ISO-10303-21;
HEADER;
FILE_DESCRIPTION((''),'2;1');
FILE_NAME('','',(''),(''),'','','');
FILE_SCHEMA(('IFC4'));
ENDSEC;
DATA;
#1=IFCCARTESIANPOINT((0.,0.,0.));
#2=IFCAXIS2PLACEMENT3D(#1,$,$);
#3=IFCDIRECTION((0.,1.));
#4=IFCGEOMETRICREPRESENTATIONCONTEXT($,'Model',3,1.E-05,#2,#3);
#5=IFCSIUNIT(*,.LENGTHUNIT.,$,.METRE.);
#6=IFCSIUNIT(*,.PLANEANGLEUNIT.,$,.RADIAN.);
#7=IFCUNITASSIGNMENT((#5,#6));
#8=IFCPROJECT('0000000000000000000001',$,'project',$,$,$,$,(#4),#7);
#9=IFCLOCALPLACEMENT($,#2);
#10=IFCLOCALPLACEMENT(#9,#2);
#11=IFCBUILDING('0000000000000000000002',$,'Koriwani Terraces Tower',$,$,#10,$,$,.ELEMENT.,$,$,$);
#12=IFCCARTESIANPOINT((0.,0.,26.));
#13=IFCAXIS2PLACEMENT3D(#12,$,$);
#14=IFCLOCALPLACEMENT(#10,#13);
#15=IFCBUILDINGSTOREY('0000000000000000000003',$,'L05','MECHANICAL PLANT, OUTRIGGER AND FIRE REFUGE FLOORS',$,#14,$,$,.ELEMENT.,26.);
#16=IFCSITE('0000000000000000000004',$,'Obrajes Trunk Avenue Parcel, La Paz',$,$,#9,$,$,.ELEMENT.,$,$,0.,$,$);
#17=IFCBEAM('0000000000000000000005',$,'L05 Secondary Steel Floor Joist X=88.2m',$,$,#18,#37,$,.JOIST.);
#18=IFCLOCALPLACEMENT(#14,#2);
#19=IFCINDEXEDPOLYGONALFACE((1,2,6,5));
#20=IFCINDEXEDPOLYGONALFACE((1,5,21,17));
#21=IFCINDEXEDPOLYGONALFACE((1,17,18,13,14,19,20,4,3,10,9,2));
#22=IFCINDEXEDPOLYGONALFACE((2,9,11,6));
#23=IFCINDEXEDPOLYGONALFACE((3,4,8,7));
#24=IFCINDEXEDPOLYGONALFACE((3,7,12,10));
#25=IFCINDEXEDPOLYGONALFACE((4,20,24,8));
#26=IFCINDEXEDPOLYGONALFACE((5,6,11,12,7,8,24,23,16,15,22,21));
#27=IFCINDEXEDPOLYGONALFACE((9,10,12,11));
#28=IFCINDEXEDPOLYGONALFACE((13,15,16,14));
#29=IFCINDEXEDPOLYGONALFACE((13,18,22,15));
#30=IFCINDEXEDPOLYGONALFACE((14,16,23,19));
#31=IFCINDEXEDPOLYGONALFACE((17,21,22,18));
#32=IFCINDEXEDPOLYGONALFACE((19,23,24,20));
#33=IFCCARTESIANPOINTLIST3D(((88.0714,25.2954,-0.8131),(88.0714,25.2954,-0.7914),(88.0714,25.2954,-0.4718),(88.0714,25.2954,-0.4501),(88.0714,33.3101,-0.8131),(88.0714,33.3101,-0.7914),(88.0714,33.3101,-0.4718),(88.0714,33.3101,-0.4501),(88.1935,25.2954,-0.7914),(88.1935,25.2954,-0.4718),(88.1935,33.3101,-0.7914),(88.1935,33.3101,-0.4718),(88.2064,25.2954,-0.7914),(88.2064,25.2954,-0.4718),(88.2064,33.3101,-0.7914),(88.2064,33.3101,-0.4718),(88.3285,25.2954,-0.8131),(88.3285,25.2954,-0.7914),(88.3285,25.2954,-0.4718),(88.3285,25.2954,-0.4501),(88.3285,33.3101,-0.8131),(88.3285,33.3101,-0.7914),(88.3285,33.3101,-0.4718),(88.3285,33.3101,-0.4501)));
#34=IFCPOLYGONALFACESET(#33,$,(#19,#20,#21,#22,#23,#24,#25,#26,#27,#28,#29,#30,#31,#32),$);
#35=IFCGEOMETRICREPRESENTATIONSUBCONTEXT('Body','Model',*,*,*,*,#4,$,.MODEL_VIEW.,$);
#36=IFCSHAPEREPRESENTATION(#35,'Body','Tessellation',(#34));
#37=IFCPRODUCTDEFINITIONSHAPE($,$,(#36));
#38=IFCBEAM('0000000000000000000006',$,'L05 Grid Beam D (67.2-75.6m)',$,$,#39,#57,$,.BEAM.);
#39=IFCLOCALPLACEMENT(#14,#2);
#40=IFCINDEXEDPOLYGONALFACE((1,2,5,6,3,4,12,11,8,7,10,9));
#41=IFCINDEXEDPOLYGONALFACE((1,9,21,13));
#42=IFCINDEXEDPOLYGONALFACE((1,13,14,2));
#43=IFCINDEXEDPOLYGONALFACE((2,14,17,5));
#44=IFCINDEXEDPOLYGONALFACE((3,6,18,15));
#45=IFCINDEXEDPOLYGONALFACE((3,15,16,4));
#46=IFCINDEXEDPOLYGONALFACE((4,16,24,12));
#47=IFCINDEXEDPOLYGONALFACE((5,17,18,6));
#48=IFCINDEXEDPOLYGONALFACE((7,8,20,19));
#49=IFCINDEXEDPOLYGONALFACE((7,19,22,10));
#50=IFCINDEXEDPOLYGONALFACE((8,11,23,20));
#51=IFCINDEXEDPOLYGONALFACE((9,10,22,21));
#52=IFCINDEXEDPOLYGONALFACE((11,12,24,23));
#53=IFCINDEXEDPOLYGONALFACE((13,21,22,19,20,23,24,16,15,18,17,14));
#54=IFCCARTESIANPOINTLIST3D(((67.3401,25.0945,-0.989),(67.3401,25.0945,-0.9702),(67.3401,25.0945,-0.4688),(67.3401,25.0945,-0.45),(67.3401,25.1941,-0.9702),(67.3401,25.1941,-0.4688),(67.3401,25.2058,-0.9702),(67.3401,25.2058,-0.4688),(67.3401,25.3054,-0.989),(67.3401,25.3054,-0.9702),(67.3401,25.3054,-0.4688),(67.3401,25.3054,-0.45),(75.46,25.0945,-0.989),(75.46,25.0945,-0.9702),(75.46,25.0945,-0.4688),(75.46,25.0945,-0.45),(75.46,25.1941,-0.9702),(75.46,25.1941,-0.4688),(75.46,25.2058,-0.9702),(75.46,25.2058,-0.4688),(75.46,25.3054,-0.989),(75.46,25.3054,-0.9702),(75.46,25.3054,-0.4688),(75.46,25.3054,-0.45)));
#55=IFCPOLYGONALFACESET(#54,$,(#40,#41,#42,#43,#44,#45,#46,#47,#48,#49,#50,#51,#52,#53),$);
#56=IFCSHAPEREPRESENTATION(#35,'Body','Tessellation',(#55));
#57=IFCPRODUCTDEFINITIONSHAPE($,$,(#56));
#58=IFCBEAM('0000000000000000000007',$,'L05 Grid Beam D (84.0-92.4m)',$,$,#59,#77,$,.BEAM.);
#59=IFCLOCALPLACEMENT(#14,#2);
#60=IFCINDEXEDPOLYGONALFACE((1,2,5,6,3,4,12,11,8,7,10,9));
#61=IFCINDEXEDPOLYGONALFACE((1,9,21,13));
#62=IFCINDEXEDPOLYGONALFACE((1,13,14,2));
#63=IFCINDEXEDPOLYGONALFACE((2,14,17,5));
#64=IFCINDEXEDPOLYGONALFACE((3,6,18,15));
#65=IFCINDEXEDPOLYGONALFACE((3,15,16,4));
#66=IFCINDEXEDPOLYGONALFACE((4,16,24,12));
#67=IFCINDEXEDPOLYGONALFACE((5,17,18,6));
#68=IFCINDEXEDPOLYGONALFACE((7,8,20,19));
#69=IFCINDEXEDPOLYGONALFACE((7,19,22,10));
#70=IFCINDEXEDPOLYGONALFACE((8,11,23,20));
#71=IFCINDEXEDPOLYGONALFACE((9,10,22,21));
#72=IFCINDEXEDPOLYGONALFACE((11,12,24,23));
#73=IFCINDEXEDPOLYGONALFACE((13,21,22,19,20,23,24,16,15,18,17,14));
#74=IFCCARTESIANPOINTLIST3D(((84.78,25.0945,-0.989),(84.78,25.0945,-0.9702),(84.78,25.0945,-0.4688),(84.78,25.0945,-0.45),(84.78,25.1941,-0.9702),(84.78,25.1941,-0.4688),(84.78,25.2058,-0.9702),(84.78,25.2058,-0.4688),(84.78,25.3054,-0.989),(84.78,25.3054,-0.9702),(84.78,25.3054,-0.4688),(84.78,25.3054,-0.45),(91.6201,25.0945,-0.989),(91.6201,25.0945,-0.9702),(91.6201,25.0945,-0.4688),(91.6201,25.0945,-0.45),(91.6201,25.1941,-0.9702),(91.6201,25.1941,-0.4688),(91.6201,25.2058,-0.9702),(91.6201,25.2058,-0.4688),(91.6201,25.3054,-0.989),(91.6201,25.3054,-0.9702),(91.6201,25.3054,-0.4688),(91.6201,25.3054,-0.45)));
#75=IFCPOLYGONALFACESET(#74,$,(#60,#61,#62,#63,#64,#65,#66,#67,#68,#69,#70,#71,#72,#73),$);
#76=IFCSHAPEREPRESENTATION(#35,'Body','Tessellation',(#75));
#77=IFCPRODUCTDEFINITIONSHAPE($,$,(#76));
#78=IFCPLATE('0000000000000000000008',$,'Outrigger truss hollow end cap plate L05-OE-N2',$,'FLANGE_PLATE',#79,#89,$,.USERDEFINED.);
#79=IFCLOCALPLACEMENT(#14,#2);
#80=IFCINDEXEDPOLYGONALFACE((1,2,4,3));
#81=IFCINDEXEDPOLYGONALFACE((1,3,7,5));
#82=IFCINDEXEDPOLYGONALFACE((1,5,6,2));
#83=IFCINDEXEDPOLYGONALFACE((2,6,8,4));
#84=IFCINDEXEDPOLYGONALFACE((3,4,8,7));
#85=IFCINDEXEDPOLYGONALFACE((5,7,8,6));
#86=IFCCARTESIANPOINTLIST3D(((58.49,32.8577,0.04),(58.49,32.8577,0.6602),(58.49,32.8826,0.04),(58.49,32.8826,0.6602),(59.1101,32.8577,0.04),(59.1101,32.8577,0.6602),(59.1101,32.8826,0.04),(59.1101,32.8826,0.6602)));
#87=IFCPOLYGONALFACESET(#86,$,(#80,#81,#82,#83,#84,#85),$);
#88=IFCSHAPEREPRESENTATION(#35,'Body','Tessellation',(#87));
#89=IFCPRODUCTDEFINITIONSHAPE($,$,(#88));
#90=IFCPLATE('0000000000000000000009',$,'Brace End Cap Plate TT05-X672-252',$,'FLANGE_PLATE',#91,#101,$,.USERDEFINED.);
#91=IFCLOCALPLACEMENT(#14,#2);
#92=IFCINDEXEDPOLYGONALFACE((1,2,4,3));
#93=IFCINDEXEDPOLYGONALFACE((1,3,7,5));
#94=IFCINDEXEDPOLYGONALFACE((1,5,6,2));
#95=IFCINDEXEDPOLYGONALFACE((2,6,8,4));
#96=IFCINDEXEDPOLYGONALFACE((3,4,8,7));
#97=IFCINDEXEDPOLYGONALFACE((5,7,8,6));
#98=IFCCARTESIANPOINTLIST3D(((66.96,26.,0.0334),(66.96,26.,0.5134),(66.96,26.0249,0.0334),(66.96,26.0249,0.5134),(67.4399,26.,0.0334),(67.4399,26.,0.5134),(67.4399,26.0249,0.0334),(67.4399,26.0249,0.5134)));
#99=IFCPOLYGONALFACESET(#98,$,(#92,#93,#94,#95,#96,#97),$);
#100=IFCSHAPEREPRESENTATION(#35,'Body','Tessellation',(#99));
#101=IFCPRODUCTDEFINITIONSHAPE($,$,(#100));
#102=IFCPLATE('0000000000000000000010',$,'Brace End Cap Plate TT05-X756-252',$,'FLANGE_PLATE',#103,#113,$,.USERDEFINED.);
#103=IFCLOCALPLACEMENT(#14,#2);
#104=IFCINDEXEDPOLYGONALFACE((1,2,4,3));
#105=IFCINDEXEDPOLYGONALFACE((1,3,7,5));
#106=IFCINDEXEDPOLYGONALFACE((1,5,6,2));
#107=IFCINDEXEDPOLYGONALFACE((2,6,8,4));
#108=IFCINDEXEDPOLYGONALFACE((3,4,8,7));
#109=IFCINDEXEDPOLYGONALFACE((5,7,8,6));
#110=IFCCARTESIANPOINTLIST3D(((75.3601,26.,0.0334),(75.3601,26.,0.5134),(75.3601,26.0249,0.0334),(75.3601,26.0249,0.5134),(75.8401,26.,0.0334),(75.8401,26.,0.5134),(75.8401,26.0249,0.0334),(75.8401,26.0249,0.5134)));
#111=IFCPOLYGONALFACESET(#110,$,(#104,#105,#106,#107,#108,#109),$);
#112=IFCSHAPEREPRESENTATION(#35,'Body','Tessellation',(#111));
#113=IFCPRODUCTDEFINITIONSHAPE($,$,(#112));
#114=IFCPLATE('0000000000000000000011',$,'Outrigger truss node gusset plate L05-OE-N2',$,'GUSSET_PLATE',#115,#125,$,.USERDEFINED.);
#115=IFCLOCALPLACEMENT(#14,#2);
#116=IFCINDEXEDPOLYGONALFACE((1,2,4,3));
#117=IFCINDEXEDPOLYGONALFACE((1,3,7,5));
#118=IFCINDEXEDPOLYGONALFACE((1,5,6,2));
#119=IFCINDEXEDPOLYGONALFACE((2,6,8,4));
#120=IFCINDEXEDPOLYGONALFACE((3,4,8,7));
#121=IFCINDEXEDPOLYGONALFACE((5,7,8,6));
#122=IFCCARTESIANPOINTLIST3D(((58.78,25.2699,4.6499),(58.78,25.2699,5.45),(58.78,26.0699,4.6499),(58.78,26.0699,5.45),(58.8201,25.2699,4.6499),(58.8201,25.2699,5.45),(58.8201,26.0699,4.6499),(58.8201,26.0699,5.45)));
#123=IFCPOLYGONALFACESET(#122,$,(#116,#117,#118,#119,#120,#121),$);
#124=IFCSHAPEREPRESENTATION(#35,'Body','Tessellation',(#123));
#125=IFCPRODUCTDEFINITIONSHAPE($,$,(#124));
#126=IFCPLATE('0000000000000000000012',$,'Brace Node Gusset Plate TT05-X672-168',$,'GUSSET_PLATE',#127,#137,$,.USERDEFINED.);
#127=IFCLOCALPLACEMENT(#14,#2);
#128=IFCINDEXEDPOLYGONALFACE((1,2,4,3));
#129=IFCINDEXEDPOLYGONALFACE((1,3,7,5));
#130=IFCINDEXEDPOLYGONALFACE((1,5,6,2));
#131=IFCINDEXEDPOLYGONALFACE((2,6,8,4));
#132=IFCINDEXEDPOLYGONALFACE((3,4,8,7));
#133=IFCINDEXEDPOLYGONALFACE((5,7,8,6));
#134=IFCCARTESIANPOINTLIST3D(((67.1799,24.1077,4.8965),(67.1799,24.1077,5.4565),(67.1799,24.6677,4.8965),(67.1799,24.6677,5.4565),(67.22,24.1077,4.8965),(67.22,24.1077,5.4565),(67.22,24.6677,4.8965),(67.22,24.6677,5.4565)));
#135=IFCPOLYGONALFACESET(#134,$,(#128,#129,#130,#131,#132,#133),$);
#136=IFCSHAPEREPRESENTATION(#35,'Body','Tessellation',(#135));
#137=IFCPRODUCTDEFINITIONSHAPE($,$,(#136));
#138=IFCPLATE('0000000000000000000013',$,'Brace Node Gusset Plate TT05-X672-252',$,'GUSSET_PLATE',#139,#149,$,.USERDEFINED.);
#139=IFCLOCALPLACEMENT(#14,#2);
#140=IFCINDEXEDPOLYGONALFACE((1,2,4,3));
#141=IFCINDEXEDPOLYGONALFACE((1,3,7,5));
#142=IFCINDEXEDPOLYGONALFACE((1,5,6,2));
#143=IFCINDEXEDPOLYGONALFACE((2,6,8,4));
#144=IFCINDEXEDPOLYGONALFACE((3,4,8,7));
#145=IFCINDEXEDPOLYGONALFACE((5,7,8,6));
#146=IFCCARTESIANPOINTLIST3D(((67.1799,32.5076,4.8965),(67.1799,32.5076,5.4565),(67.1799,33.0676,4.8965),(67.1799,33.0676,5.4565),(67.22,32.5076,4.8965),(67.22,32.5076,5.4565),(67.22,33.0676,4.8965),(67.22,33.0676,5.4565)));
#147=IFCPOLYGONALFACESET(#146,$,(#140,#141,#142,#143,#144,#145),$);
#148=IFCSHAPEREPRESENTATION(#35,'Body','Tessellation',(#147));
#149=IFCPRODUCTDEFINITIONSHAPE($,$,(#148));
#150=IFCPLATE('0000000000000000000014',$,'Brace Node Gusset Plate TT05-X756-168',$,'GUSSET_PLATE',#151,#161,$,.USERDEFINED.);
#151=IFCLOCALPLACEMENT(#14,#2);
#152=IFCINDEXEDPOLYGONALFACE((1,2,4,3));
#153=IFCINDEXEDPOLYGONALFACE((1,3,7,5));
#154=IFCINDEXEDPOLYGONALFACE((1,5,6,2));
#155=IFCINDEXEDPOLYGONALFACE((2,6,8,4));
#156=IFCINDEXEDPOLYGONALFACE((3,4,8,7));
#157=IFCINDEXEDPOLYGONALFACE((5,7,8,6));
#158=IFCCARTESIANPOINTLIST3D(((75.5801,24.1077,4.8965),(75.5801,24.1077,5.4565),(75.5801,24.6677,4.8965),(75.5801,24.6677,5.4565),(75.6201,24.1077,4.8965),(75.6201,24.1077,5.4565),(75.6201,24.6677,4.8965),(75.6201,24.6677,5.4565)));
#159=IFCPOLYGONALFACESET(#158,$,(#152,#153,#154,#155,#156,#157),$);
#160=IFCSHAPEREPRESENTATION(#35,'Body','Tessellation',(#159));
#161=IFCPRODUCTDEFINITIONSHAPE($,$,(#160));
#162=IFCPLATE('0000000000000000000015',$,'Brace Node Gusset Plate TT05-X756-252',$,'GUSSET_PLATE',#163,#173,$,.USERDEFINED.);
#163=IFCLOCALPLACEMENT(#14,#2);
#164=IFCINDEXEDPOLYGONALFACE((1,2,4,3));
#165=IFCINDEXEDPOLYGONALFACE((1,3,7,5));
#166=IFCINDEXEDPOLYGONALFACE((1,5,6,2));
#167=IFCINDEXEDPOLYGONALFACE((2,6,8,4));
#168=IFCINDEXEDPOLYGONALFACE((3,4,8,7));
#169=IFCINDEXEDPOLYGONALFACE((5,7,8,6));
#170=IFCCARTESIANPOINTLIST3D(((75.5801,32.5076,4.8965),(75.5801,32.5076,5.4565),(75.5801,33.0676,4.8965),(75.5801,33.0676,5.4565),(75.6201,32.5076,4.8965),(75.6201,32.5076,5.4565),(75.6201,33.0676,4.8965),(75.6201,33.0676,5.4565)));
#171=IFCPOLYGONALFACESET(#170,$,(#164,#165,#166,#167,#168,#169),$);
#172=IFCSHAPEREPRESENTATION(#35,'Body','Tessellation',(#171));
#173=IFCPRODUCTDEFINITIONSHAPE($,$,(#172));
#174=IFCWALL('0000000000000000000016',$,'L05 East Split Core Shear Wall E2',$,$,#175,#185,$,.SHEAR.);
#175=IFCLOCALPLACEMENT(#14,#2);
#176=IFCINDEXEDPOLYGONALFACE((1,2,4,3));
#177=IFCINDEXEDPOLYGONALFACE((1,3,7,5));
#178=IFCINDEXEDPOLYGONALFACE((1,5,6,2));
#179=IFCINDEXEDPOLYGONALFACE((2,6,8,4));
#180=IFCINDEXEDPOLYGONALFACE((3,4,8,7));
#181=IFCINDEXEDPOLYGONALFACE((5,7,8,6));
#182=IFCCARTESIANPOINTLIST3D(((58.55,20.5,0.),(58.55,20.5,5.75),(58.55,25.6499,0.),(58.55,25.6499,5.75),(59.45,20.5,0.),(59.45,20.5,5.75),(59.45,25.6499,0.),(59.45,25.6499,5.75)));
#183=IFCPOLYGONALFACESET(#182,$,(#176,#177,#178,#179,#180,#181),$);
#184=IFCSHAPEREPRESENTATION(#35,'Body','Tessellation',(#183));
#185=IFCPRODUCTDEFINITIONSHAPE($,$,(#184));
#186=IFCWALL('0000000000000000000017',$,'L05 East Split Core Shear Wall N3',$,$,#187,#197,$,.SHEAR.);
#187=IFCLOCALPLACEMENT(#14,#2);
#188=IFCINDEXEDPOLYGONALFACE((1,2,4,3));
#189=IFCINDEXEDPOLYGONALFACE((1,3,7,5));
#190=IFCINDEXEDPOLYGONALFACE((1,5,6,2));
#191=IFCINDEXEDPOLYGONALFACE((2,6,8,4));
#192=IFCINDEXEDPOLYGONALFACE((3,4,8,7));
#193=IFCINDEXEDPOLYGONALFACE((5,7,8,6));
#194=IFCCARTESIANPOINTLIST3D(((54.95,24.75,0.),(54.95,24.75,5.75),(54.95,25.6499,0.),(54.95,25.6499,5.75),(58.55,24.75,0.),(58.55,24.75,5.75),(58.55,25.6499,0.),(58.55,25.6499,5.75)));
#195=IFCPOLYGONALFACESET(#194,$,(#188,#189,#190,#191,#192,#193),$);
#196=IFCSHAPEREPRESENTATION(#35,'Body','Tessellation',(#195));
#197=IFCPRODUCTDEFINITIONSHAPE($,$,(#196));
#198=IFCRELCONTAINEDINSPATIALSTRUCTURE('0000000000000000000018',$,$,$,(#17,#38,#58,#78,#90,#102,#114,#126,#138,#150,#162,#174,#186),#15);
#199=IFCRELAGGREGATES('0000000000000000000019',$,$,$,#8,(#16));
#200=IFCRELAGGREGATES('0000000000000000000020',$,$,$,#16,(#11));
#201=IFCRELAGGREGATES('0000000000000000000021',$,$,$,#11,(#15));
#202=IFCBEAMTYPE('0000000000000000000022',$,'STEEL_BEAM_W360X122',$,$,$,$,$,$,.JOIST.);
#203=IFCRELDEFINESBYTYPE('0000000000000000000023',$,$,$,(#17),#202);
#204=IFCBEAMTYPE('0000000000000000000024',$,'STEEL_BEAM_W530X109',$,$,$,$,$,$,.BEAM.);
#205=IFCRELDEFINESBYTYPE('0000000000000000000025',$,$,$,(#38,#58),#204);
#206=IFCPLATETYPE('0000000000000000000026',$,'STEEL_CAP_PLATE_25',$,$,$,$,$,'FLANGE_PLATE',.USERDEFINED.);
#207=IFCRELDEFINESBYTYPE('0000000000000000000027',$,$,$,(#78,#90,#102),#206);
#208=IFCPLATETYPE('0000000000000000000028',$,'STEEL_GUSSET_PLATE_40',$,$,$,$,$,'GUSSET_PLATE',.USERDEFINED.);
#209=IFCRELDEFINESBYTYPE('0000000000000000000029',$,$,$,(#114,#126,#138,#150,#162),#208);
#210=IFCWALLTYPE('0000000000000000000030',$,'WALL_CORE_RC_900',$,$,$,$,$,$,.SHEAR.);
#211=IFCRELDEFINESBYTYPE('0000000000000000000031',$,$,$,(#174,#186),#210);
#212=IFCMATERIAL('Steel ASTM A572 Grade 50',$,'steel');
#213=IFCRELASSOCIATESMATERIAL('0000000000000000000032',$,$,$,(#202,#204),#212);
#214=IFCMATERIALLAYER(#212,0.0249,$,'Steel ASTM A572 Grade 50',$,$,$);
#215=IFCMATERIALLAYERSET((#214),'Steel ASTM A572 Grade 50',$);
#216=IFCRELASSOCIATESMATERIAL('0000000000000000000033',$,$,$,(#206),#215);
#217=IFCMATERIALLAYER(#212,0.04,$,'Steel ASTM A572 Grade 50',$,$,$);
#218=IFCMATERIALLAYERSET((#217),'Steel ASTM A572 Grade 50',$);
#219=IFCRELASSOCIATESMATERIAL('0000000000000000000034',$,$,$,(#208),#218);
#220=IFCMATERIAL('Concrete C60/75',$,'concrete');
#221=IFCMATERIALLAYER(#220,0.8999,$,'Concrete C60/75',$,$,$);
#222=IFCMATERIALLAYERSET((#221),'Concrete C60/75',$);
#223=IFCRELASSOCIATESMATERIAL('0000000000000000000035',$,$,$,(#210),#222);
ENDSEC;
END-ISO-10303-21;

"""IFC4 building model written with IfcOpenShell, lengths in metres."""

from ifc_helpers import new_model, si_unit, direction, frame, frame_2d, origin, origin_2d, place, context, subcontext, project, spatial, rectangle, i_section, extrude, material, layer, layer_set, material_profile, profile_set, type_object, element, save


model = new_model("IFC4")

# Units and contexts
model_context = context("Model", 3, precision=1e-05, world=origin(), true_north=direction((0.0, 1.0)))
body_context = subcontext(model_context, "Body", "Model", "MODEL_VIEW")
ifc_project = project(units=[si_unit("LENGTHUNIT", "METRE"), si_unit("PLANEANGLEUNIT", "RADIAN")], contexts=[model_context])

# Site, building, storey
site_placement = place(None, origin())
site = spatial("IfcSite", under=ifc_project, at=site_placement, Name="Obrajes Trunk Avenue Parcel, La Paz", CompositionType="ELEMENT", RefElevation=0.0)
building_placement = place(site_placement, origin())
building = spatial("IfcBuilding", under=site, at=building_placement, Name="Koriwani Terraces Tower", CompositionType="ELEMENT")
storey_placement = place(building_placement, frame((0.0, 0.0, 26.0)))
storey = spatial("IfcBuildingStorey", under=building, at=storey_placement, Name="L05", Description="MECHANICAL PLANT, OUTRIGGER AND FIRE REFUGE FLOORS", CompositionType="ELEMENT", Elevation=26.0)

# Shared definitions
ifc_material_1 = material(Name="Concrete C60/75", Category="concrete")

# Shared definitions
ifc_material_2 = material(Name="Steel ASTM A572 Grade 50", Category="steel")

# Beams
ifc_material_profile_1 = material_profile(ifc_material_2, i_section(OverallWidth=0.2571, OverallDepth=0.363, WebThickness=0.0129, FlangeThickness=0.0217, at=origin_2d()), Name="Steel ASTM A572 Grade 50", Category="LoadBearing")
ifc_profile_set_1 = profile_set([ifc_material_profile_1], Name="Steel ASTM A572 Grade 50")
beam_type_1 = type_object("IfcBeamType", Name="STEEL_BEAM_W360X122", PredefinedType="JOIST", material=ifc_profile_set_1)
for number, where, z_axis, x_axis, name in (
    (1, (88.2, 25.2954, -0.6316), (0.0, 1.0, 0.0), (-1.0, 0.0, 0.0), "L05 Secondary Steel Floor Joist X=88.2m"),
):
    element("IfcBeam", number, at=place(storey_placement, frame(where, z_axis=z_axis, x_axis=x_axis)), inside=storey, type_object=beam_type_1, Name=name, PredefinedType="JOIST", context=body_context, shape_type="SweptSolid", body=[
        extrude(i_section(OverallWidth=0.2571, OverallDepth=0.363, WebThickness=0.0129, FlangeThickness=0.0217, at=origin_2d()), origin(), (0.0, 0.0, 1.0), 8.0146),
    ])
ifc_material_profile_2 = material_profile(ifc_material_2, i_section(OverallWidth=0.2109, OverallDepth=0.5391, WebThickness=0.0117, FlangeThickness=0.0188, at=origin_2d()), Name="Steel ASTM A572 Grade 50", Category="LoadBearing")
ifc_profile_set_2 = profile_set([ifc_material_profile_2], Name="Steel ASTM A572 Grade 50")
beam_type_2 = type_object("IfcBeamType", Name="STEEL_BEAM_W530X109", PredefinedType="BEAM", material=ifc_profile_set_2)
beam_1_placement = place(storey_placement, frame((67.3401, 25.2, -0.7195), z_axis=(1.0, 0.0, 0.0), x_axis=(0.0, 1.0, 0.0)))
element("IfcBeam", 2, at=beam_1_placement, inside=storey, type_object=beam_type_2, Name="L05 Grid Beam D (67.2-75.6m)", PredefinedType="BEAM", context=body_context, shape_type="SweptSolid", body=[
    extrude(i_section(OverallWidth=0.2109, OverallDepth=0.5391, WebThickness=0.0117, FlangeThickness=0.0188, at=origin_2d()), origin(), (0.0, 0.0, 1.0), 8.1199),
])
beam_2_placement = place(storey_placement, frame((84.78, 25.2, -0.7195), z_axis=(1.0, 0.0, 0.0), x_axis=(0.0, 1.0, 0.0)))
element("IfcBeam", 3, at=beam_2_placement, inside=storey, type_object=beam_type_2, Name="L05 Grid Beam D (84.0-92.4m)", PredefinedType="BEAM", context=body_context, shape_type="SweptSolid", body=[
    extrude(i_section(OverallWidth=0.2109, OverallDepth=0.5391, WebThickness=0.0117, FlangeThickness=0.0188, at=origin_2d()), origin(), (0.0, 0.0, 1.0), 6.8401),
])

# Plates
ifc_layer_1 = layer(ifc_material_2, 0.0249, Name="Steel ASTM A572 Grade 50")
ifc_layer_set_1 = layer_set([ifc_layer_1], Name="Steel ASTM A572 Grade 50")
plate_type_1 = type_object("IfcPlateType", Name="STEEL_CAP_PLATE_25", ElementType="FLANGE_PLATE", PredefinedType="USERDEFINED", material=ifc_layer_set_1)
plate_1_placement = place(storey_placement, frame((58.8, 32.8701, 0.04), z_axis=(0.0, 0.0, 1.0), x_axis=(0.0, -1.0, 0.0)))
element("IfcPlate", 4, at=plate_1_placement, inside=storey, type_object=plate_type_1, Name="Outrigger truss hollow end cap plate L05-OE-N2", ObjectType="FLANGE_PLATE", PredefinedType="USERDEFINED", context=body_context, shape_type="SweptSolid", body=[
    extrude(rectangle(XDim=0.0249, YDim=0.6201, at=origin_2d()), origin(), (0.0, 0.0, 1.0), 0.6201),
])
for number, where, z_axis, x_axis, name in (
    (5, (67.2, 26.0125, 0.0334), (0.0, 0.0, 1.0), (0.0, 1.0, 0.0), "Brace End Cap Plate TT05-X672-252"),
    (6, (75.6001, 26.0125, 0.0334), (0.0, 0.0, 1.0), (0.0, 1.0, 0.0), "Brace End Cap Plate TT05-X756-252"),
):
    element("IfcPlate", number, at=place(storey_placement, frame(where, z_axis=z_axis, x_axis=x_axis)), inside=storey, type_object=plate_type_1, Name=name, ObjectType="FLANGE_PLATE", PredefinedType="USERDEFINED", context=body_context, shape_type="SweptSolid", body=[
        extrude(rectangle(XDim=0.0249, YDim=0.48, at=origin_2d()), origin(), (0.0, 0.0, 1.0), 0.48),
    ])
ifc_layer_2 = layer(ifc_material_2, 0.04, Name="Steel ASTM A572 Grade 50")
ifc_layer_set_2 = layer_set([ifc_layer_2], Name="Steel ASTM A572 Grade 50")
plate_type_2 = type_object("IfcPlateType", Name="STEEL_GUSSET_PLATE_40", ElementType="GUSSET_PLATE", PredefinedType="USERDEFINED", material=ifc_layer_set_2)
plate_2_placement = place(storey_placement, frame((58.8, 25.6699, 4.6499), z_axis=(0.0, 0.0, 1.0), x_axis=(0.0, -1.0, 0.0)))
element("IfcPlate", 7, at=plate_2_placement, inside=storey, type_object=plate_type_2, Name="Outrigger truss node gusset plate L05-OE-N2", ObjectType="GUSSET_PLATE", PredefinedType="USERDEFINED", context=body_context, shape_type="SweptSolid", body=[
    extrude(rectangle(XDim=0.8, YDim=0.04, at=origin_2d()), origin(), (0.0, 0.0, 1.0), 0.8),
])
for number, where, z_axis, x_axis, name in (
    (8, (67.2, 24.3877, 4.8965), (0.0, 0.0, 1.0), (0.0, 1.0, 0.0), "Brace Node Gusset Plate TT05-X672-168"),
    (9, (67.2, 32.7876, 4.8965), (0.0, 0.0, 1.0), (0.0, 1.0, 0.0), "Brace Node Gusset Plate TT05-X672-252"),
    (10, (75.6001, 24.3877, 4.8965), (0.0, 0.0, 1.0), (0.0, 1.0, 0.0), "Brace Node Gusset Plate TT05-X756-168"),
    (11, (75.6001, 32.7876, 4.8965), (0.0, 0.0, 1.0), (0.0, 1.0, 0.0), "Brace Node Gusset Plate TT05-X756-252"),
):
    element("IfcPlate", number, at=place(storey_placement, frame(where, z_axis=z_axis, x_axis=x_axis)), inside=storey, type_object=plate_type_2, Name=name, ObjectType="GUSSET_PLATE", PredefinedType="USERDEFINED", context=body_context, shape_type="SweptSolid", body=[
        extrude(rectangle(XDim=0.5601, YDim=0.04, at=origin_2d()), origin(), (0.0, 0.0, 1.0), 0.5601),
    ])

# Walls
ifc_layer_3 = layer(ifc_material_1, 0.8999, Name="Concrete C60/75")
ifc_layer_set_3 = layer_set([ifc_layer_3], Name="Concrete C60/75")
wall_type_1 = type_object("IfcWallType", Name="WALL_CORE_RC_900", PredefinedType="SHEAR", material=ifc_layer_set_3)
wall_1_placement = place(storey_placement, frame((59.0, 20.5, 0.0), z_axis=(0.0, 0.0, 1.0), x_axis=(0.0, 1.0, 0.0)))
element("IfcWall", 12, at=wall_1_placement, inside=storey, type_object=wall_type_1, Name="L05 East Split Core Shear Wall E2", PredefinedType="SHEAR", context=body_context, shape_type="SweptSolid", body=[
    extrude(rectangle(XDim=5.1499, YDim=0.8999, at=frame_2d((2.575, 0.0))), origin(), (0.0, 0.0, 1.0), 5.75),
])
wall_2_placement = place(storey_placement, frame((54.95, 25.2, 0.0), z_axis=(0.0, 0.0, 1.0), x_axis=(1.0, 0.0, 0.0)))
element("IfcWall", 13, at=wall_2_placement, inside=storey, type_object=wall_type_1, Name="L05 East Split Core Shear Wall N3", PredefinedType="SHEAR", context=body_context, shape_type="SweptSolid", body=[
    extrude(rectangle(XDim=3.6001, YDim=0.8999, at=frame_2d((1.8, 0.0))), origin(), (0.0, 0.0, 1.0), 5.75),
])

save(model, "model.ifc")
